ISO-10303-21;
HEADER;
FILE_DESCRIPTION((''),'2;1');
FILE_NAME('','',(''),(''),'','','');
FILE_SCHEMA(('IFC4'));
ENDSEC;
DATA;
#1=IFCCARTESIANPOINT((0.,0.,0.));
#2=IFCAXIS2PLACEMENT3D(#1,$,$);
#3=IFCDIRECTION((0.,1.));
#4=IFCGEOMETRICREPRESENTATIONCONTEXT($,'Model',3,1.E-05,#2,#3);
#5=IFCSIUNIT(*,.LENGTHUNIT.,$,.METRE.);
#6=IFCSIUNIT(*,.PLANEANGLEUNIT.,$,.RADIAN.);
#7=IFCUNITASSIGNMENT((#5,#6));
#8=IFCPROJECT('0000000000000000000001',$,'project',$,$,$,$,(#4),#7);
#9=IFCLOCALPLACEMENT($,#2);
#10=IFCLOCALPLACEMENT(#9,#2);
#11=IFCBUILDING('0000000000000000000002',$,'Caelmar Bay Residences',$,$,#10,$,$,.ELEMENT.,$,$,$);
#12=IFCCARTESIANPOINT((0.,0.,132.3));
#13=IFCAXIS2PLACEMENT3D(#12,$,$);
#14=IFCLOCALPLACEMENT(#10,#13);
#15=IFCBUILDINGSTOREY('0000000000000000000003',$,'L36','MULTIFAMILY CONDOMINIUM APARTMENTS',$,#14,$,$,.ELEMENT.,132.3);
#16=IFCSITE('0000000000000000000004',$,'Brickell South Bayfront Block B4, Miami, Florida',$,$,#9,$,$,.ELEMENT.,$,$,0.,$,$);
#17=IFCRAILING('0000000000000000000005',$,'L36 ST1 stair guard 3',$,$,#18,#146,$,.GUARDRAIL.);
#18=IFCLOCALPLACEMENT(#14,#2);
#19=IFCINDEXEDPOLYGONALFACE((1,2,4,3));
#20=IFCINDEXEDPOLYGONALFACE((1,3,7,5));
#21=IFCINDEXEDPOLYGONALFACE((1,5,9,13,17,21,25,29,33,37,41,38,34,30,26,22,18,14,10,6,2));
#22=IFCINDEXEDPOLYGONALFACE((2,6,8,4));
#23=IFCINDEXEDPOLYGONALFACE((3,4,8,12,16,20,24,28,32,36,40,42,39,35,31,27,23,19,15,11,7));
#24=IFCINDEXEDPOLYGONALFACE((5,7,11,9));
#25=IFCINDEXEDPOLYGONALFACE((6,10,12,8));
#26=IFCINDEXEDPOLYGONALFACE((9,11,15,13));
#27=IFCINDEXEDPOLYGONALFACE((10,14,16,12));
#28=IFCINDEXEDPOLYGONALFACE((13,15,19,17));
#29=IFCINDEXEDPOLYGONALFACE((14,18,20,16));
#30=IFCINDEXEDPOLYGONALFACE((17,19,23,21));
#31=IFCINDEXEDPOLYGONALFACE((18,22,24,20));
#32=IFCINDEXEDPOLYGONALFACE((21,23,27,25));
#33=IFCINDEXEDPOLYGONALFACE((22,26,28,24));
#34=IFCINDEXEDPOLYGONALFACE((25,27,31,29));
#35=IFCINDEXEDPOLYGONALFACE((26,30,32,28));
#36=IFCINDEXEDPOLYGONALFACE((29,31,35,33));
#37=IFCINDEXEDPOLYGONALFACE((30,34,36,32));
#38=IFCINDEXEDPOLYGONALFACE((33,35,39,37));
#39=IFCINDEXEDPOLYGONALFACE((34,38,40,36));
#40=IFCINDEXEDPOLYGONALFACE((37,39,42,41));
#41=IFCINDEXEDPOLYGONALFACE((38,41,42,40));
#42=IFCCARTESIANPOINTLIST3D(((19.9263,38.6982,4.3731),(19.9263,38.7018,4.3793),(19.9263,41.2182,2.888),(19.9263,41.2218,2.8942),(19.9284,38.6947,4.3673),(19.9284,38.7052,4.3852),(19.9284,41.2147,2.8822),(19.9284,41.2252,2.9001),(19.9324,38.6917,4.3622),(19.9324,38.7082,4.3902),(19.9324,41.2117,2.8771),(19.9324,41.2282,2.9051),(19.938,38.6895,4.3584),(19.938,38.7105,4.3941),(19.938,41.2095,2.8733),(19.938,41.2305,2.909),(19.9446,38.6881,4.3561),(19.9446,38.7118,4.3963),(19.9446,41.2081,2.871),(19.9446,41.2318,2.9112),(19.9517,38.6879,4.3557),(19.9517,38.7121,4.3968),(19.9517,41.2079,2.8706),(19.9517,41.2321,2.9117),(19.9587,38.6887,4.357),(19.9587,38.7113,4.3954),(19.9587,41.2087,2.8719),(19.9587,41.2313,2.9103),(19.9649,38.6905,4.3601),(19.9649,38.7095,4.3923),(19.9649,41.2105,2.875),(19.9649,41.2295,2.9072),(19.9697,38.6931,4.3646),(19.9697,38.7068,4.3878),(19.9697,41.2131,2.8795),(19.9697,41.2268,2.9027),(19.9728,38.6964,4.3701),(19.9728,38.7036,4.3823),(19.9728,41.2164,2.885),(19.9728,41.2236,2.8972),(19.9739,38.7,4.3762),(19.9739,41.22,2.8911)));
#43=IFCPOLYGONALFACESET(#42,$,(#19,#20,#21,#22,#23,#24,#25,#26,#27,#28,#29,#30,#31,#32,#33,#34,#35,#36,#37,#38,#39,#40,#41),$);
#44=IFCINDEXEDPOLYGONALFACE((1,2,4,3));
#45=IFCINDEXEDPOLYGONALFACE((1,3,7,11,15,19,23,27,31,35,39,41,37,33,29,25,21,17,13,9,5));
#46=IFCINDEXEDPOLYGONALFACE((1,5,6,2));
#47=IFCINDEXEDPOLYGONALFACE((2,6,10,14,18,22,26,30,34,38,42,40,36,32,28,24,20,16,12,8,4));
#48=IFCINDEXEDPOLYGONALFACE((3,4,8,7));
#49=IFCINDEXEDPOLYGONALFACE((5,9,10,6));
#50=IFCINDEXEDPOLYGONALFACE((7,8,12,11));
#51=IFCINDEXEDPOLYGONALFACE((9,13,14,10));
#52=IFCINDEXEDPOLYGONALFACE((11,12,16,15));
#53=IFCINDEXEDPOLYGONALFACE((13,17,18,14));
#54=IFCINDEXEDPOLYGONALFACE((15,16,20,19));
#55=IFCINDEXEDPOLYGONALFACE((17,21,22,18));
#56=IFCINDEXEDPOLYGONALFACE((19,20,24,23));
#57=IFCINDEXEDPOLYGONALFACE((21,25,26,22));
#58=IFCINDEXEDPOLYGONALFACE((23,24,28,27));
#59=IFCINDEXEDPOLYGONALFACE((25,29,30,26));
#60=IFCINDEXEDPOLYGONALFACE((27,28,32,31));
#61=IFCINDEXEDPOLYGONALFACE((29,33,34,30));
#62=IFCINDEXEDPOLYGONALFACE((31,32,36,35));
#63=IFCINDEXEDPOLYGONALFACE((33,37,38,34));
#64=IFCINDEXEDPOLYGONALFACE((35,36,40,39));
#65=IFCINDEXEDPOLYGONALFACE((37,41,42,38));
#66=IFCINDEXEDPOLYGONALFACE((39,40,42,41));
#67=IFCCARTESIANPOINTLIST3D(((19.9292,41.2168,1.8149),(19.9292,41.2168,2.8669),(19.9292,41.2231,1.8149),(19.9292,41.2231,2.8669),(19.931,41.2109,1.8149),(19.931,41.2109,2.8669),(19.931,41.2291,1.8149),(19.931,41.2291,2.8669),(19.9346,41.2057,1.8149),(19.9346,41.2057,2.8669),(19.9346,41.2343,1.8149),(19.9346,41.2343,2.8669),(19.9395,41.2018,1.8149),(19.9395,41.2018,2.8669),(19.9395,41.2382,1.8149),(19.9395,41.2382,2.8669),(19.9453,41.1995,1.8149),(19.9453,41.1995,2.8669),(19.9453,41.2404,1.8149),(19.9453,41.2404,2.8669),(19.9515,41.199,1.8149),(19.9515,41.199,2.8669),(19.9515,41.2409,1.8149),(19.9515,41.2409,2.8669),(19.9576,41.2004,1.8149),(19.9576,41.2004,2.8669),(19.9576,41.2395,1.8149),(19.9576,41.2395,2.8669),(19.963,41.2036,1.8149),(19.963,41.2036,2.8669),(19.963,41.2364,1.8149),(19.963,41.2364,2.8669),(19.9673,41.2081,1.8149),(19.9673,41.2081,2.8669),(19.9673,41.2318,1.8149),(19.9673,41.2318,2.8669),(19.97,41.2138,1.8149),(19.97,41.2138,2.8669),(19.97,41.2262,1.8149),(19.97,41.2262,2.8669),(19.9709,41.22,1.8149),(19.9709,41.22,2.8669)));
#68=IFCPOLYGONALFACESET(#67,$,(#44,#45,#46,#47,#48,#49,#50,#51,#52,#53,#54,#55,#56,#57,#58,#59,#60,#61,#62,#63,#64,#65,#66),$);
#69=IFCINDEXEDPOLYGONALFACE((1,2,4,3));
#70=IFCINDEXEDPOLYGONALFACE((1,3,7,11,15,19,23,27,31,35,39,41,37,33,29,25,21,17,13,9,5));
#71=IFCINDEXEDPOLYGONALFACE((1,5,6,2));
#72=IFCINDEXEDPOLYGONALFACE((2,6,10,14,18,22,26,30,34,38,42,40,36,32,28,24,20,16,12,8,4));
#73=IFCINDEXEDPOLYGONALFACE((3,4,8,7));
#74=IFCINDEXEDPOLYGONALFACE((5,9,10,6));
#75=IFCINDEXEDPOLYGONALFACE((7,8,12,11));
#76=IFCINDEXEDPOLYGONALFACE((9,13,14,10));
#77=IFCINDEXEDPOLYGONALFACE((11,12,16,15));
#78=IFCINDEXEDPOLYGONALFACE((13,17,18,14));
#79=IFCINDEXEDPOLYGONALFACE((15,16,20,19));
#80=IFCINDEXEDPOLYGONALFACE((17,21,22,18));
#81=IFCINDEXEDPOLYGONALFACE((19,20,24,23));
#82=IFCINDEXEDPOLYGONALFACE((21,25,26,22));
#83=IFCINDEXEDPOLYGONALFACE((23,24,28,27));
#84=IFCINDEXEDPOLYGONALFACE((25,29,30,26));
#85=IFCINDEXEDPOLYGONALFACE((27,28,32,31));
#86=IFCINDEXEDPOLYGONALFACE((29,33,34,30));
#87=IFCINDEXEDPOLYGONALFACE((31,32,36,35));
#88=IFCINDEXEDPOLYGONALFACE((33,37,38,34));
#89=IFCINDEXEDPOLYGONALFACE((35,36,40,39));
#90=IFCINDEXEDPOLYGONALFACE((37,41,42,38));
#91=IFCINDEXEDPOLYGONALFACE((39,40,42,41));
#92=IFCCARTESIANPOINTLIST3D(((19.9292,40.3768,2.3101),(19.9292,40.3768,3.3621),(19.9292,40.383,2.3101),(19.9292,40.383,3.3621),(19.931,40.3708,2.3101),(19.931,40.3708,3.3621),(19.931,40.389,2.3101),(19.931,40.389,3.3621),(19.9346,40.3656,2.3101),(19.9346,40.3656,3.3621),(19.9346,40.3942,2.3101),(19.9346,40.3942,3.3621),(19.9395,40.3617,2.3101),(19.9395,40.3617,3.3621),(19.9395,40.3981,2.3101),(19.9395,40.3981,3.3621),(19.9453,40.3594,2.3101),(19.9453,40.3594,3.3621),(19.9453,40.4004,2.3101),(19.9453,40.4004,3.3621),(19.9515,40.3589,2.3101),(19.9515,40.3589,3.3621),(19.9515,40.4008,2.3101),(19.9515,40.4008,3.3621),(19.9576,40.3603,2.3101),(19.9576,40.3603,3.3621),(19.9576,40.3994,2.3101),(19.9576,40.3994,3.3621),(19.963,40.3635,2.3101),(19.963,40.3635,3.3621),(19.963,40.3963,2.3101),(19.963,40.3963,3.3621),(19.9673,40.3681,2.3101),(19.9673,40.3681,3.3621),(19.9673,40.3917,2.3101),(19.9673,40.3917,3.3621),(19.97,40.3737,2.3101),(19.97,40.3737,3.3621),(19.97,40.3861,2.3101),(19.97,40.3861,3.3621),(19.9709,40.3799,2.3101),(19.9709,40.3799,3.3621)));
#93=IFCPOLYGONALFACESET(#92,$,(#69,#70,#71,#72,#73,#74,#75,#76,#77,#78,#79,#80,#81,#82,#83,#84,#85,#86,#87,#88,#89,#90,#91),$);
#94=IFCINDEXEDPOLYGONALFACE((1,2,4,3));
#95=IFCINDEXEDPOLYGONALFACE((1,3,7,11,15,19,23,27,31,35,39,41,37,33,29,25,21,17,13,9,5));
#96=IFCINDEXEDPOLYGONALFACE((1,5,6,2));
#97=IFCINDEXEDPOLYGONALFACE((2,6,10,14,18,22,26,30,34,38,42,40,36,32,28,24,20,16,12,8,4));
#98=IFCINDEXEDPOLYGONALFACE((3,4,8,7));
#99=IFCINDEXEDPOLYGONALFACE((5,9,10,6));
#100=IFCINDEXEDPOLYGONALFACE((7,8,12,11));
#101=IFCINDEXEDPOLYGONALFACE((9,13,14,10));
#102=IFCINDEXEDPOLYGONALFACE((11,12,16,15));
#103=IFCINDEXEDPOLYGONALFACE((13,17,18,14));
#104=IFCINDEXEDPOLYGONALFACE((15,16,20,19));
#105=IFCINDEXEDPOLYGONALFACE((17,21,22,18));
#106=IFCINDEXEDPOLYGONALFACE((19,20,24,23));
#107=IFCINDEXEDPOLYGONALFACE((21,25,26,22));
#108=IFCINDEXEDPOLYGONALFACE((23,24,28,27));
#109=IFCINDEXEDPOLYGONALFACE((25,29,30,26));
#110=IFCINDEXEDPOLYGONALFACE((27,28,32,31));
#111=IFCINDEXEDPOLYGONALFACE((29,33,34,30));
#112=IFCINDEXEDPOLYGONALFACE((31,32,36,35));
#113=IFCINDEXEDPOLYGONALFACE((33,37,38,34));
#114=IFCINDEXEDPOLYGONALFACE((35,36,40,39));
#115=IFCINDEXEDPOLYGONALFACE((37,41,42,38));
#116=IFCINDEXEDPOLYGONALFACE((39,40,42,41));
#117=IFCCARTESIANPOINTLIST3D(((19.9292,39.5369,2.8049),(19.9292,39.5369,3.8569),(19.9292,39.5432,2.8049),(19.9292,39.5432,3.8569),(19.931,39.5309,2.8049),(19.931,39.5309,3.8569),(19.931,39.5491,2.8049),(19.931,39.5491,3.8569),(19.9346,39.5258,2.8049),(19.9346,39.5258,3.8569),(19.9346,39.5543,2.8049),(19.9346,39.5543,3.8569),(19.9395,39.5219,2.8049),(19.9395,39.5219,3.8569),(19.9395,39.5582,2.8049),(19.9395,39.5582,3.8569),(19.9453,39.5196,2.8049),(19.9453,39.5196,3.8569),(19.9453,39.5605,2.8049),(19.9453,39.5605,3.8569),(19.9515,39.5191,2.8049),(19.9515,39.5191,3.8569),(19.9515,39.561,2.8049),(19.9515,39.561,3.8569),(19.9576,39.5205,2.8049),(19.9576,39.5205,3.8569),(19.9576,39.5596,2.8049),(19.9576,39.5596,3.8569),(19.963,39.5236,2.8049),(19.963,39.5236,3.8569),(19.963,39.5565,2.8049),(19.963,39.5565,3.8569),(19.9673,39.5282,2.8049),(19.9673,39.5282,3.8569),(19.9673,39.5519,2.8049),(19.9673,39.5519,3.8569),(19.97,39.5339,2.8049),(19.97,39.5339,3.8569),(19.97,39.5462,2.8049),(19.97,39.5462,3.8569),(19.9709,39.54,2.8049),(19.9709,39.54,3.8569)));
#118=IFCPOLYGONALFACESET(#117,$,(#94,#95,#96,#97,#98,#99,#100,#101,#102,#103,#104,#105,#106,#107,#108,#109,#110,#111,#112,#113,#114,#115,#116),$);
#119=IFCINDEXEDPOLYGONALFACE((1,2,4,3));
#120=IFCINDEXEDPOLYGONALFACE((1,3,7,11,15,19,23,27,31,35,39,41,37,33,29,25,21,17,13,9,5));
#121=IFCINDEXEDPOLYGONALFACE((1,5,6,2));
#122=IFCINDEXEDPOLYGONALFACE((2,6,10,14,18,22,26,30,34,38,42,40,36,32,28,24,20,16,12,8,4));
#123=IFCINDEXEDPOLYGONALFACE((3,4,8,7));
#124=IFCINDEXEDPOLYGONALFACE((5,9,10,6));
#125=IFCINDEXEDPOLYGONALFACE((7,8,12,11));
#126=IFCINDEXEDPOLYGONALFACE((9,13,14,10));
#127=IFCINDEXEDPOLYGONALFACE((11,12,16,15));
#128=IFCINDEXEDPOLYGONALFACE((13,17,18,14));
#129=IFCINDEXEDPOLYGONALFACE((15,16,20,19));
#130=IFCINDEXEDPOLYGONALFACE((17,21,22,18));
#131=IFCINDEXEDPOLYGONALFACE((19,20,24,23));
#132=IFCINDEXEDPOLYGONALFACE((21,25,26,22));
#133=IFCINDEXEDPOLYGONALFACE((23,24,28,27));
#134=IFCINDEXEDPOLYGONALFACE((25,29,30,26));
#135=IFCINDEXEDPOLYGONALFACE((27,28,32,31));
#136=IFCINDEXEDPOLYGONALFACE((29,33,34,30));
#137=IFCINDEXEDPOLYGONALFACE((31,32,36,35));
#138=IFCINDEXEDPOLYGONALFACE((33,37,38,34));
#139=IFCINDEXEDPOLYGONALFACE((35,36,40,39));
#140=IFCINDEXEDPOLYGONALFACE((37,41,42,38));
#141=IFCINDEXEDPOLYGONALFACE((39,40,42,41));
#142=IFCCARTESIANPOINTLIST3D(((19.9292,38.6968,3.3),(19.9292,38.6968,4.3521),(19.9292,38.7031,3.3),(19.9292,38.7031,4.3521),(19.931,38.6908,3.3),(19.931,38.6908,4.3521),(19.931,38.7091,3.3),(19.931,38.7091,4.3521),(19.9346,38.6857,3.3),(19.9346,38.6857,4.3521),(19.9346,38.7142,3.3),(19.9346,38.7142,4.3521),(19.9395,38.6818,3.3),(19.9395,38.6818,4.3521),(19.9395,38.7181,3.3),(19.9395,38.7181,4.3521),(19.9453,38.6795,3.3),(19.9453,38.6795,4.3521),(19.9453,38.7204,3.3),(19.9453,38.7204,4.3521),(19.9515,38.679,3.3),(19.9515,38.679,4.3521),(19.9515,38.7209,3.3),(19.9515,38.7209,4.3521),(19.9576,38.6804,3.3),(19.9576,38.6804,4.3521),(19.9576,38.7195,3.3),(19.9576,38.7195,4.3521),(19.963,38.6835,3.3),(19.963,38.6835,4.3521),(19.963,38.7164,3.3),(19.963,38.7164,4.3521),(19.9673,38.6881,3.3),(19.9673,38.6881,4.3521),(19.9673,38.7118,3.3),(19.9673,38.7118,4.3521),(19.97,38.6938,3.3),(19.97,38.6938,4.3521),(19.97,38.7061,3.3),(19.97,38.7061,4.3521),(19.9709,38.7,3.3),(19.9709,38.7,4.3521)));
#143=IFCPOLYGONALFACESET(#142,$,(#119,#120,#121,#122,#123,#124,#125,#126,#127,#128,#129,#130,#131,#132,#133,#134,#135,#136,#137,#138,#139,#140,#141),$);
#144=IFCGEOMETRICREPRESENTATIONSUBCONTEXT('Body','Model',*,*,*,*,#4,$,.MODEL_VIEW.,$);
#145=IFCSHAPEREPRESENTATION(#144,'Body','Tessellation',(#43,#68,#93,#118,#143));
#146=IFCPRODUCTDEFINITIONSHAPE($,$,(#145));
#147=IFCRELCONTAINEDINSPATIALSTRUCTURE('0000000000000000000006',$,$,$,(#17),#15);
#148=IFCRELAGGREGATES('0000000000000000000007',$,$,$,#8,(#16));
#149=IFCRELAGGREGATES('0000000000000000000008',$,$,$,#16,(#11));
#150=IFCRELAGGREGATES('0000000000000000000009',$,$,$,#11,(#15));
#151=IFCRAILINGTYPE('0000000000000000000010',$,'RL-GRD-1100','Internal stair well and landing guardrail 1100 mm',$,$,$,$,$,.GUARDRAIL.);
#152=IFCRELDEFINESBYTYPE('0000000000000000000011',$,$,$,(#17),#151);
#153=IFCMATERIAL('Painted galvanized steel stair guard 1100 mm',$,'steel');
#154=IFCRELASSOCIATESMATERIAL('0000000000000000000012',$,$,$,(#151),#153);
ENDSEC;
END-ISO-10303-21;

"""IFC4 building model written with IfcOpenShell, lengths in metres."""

from ifc_helpers import new_model, si_unit, direction, frame, origin, origin_2d, place, context, subcontext, project, spatial, circle, extrude, material, type_object, element, save


model = new_model("IFC4")

# Units and contexts
model_context = context("Model", 3, precision=1e-05, world=origin(), true_north=direction((0.0, 1.0)))
body_context = subcontext(model_context, "Body", "Model", "MODEL_VIEW")
ifc_project = project(units=[si_unit("LENGTHUNIT", "METRE"), si_unit("PLANEANGLEUNIT", "RADIAN")], contexts=[model_context])

# Site, building, storey
site_placement = place(None, origin())
site = spatial("IfcSite", under=ifc_project, at=site_placement, Name="Brickell South Bayfront Block B4, Miami, Florida", CompositionType="ELEMENT", RefElevation=0.0)
building_placement = place(site_placement, origin())
building = spatial("IfcBuilding", under=site, at=building_placement, Name="Caelmar Bay Residences", CompositionType="ELEMENT")
storey_placement = place(building_placement, frame((0.0, 0.0, 132.3)))
storey = spatial("IfcBuildingStorey", under=building, at=storey_placement, Name="L36", Description="MULTIFAMILY CONDOMINIUM APARTMENTS", CompositionType="ELEMENT", Elevation=132.3)

# Railing
ifc_material_1 = material(Name="Painted galvanized steel stair guard 1100 mm", Category="steel")
railing_type_1 = type_object("IfcRailingType", Name="RL-GRD-1100", Description="Internal stair well and landing guardrail 1100 mm", PredefinedType="GUARDRAIL", material=ifc_material_1)
railing_1_placement = place(storey_placement, frame((19.95, 41.22, 1.8149)))
element("IfcRailing", 1, at=railing_1_placement, inside=storey, type_object=railing_type_1, Name="L36 ST1 stair guard 3", PredefinedType="GUARDRAIL", context=body_context, shape_type="SweptSolid", body=[
    extrude(circle(Radius=0.0239, at=origin_2d()), frame((0.0, 0.0, 1.0762), z_axis=(0.0, -0.861524, 0.507717), x_axis=(1.0, 0.0, 0.0)), (0.0, 0.0, 1.0), 2.925),
    extrude(circle(Radius=0.021, at=origin_2d()), origin(), (0.0, 0.0, 1.0), 1.052),
    extrude(circle(Radius=0.021, at=origin_2d()), frame((0.0, -0.8401, 0.4951)), (0.0, 0.0, 1.0), 1.052),
    extrude(circle(Radius=0.021, at=origin_2d()), frame((0.0, -1.6799, 0.99)), (0.0, 0.0, 1.0), 1.052),
    extrude(circle(Radius=0.021, at=origin_2d()), frame((0.0, -2.52, 1.4851)), (0.0, 0.0, 1.0), 1.052),
])

save(model, "model.ifc")
